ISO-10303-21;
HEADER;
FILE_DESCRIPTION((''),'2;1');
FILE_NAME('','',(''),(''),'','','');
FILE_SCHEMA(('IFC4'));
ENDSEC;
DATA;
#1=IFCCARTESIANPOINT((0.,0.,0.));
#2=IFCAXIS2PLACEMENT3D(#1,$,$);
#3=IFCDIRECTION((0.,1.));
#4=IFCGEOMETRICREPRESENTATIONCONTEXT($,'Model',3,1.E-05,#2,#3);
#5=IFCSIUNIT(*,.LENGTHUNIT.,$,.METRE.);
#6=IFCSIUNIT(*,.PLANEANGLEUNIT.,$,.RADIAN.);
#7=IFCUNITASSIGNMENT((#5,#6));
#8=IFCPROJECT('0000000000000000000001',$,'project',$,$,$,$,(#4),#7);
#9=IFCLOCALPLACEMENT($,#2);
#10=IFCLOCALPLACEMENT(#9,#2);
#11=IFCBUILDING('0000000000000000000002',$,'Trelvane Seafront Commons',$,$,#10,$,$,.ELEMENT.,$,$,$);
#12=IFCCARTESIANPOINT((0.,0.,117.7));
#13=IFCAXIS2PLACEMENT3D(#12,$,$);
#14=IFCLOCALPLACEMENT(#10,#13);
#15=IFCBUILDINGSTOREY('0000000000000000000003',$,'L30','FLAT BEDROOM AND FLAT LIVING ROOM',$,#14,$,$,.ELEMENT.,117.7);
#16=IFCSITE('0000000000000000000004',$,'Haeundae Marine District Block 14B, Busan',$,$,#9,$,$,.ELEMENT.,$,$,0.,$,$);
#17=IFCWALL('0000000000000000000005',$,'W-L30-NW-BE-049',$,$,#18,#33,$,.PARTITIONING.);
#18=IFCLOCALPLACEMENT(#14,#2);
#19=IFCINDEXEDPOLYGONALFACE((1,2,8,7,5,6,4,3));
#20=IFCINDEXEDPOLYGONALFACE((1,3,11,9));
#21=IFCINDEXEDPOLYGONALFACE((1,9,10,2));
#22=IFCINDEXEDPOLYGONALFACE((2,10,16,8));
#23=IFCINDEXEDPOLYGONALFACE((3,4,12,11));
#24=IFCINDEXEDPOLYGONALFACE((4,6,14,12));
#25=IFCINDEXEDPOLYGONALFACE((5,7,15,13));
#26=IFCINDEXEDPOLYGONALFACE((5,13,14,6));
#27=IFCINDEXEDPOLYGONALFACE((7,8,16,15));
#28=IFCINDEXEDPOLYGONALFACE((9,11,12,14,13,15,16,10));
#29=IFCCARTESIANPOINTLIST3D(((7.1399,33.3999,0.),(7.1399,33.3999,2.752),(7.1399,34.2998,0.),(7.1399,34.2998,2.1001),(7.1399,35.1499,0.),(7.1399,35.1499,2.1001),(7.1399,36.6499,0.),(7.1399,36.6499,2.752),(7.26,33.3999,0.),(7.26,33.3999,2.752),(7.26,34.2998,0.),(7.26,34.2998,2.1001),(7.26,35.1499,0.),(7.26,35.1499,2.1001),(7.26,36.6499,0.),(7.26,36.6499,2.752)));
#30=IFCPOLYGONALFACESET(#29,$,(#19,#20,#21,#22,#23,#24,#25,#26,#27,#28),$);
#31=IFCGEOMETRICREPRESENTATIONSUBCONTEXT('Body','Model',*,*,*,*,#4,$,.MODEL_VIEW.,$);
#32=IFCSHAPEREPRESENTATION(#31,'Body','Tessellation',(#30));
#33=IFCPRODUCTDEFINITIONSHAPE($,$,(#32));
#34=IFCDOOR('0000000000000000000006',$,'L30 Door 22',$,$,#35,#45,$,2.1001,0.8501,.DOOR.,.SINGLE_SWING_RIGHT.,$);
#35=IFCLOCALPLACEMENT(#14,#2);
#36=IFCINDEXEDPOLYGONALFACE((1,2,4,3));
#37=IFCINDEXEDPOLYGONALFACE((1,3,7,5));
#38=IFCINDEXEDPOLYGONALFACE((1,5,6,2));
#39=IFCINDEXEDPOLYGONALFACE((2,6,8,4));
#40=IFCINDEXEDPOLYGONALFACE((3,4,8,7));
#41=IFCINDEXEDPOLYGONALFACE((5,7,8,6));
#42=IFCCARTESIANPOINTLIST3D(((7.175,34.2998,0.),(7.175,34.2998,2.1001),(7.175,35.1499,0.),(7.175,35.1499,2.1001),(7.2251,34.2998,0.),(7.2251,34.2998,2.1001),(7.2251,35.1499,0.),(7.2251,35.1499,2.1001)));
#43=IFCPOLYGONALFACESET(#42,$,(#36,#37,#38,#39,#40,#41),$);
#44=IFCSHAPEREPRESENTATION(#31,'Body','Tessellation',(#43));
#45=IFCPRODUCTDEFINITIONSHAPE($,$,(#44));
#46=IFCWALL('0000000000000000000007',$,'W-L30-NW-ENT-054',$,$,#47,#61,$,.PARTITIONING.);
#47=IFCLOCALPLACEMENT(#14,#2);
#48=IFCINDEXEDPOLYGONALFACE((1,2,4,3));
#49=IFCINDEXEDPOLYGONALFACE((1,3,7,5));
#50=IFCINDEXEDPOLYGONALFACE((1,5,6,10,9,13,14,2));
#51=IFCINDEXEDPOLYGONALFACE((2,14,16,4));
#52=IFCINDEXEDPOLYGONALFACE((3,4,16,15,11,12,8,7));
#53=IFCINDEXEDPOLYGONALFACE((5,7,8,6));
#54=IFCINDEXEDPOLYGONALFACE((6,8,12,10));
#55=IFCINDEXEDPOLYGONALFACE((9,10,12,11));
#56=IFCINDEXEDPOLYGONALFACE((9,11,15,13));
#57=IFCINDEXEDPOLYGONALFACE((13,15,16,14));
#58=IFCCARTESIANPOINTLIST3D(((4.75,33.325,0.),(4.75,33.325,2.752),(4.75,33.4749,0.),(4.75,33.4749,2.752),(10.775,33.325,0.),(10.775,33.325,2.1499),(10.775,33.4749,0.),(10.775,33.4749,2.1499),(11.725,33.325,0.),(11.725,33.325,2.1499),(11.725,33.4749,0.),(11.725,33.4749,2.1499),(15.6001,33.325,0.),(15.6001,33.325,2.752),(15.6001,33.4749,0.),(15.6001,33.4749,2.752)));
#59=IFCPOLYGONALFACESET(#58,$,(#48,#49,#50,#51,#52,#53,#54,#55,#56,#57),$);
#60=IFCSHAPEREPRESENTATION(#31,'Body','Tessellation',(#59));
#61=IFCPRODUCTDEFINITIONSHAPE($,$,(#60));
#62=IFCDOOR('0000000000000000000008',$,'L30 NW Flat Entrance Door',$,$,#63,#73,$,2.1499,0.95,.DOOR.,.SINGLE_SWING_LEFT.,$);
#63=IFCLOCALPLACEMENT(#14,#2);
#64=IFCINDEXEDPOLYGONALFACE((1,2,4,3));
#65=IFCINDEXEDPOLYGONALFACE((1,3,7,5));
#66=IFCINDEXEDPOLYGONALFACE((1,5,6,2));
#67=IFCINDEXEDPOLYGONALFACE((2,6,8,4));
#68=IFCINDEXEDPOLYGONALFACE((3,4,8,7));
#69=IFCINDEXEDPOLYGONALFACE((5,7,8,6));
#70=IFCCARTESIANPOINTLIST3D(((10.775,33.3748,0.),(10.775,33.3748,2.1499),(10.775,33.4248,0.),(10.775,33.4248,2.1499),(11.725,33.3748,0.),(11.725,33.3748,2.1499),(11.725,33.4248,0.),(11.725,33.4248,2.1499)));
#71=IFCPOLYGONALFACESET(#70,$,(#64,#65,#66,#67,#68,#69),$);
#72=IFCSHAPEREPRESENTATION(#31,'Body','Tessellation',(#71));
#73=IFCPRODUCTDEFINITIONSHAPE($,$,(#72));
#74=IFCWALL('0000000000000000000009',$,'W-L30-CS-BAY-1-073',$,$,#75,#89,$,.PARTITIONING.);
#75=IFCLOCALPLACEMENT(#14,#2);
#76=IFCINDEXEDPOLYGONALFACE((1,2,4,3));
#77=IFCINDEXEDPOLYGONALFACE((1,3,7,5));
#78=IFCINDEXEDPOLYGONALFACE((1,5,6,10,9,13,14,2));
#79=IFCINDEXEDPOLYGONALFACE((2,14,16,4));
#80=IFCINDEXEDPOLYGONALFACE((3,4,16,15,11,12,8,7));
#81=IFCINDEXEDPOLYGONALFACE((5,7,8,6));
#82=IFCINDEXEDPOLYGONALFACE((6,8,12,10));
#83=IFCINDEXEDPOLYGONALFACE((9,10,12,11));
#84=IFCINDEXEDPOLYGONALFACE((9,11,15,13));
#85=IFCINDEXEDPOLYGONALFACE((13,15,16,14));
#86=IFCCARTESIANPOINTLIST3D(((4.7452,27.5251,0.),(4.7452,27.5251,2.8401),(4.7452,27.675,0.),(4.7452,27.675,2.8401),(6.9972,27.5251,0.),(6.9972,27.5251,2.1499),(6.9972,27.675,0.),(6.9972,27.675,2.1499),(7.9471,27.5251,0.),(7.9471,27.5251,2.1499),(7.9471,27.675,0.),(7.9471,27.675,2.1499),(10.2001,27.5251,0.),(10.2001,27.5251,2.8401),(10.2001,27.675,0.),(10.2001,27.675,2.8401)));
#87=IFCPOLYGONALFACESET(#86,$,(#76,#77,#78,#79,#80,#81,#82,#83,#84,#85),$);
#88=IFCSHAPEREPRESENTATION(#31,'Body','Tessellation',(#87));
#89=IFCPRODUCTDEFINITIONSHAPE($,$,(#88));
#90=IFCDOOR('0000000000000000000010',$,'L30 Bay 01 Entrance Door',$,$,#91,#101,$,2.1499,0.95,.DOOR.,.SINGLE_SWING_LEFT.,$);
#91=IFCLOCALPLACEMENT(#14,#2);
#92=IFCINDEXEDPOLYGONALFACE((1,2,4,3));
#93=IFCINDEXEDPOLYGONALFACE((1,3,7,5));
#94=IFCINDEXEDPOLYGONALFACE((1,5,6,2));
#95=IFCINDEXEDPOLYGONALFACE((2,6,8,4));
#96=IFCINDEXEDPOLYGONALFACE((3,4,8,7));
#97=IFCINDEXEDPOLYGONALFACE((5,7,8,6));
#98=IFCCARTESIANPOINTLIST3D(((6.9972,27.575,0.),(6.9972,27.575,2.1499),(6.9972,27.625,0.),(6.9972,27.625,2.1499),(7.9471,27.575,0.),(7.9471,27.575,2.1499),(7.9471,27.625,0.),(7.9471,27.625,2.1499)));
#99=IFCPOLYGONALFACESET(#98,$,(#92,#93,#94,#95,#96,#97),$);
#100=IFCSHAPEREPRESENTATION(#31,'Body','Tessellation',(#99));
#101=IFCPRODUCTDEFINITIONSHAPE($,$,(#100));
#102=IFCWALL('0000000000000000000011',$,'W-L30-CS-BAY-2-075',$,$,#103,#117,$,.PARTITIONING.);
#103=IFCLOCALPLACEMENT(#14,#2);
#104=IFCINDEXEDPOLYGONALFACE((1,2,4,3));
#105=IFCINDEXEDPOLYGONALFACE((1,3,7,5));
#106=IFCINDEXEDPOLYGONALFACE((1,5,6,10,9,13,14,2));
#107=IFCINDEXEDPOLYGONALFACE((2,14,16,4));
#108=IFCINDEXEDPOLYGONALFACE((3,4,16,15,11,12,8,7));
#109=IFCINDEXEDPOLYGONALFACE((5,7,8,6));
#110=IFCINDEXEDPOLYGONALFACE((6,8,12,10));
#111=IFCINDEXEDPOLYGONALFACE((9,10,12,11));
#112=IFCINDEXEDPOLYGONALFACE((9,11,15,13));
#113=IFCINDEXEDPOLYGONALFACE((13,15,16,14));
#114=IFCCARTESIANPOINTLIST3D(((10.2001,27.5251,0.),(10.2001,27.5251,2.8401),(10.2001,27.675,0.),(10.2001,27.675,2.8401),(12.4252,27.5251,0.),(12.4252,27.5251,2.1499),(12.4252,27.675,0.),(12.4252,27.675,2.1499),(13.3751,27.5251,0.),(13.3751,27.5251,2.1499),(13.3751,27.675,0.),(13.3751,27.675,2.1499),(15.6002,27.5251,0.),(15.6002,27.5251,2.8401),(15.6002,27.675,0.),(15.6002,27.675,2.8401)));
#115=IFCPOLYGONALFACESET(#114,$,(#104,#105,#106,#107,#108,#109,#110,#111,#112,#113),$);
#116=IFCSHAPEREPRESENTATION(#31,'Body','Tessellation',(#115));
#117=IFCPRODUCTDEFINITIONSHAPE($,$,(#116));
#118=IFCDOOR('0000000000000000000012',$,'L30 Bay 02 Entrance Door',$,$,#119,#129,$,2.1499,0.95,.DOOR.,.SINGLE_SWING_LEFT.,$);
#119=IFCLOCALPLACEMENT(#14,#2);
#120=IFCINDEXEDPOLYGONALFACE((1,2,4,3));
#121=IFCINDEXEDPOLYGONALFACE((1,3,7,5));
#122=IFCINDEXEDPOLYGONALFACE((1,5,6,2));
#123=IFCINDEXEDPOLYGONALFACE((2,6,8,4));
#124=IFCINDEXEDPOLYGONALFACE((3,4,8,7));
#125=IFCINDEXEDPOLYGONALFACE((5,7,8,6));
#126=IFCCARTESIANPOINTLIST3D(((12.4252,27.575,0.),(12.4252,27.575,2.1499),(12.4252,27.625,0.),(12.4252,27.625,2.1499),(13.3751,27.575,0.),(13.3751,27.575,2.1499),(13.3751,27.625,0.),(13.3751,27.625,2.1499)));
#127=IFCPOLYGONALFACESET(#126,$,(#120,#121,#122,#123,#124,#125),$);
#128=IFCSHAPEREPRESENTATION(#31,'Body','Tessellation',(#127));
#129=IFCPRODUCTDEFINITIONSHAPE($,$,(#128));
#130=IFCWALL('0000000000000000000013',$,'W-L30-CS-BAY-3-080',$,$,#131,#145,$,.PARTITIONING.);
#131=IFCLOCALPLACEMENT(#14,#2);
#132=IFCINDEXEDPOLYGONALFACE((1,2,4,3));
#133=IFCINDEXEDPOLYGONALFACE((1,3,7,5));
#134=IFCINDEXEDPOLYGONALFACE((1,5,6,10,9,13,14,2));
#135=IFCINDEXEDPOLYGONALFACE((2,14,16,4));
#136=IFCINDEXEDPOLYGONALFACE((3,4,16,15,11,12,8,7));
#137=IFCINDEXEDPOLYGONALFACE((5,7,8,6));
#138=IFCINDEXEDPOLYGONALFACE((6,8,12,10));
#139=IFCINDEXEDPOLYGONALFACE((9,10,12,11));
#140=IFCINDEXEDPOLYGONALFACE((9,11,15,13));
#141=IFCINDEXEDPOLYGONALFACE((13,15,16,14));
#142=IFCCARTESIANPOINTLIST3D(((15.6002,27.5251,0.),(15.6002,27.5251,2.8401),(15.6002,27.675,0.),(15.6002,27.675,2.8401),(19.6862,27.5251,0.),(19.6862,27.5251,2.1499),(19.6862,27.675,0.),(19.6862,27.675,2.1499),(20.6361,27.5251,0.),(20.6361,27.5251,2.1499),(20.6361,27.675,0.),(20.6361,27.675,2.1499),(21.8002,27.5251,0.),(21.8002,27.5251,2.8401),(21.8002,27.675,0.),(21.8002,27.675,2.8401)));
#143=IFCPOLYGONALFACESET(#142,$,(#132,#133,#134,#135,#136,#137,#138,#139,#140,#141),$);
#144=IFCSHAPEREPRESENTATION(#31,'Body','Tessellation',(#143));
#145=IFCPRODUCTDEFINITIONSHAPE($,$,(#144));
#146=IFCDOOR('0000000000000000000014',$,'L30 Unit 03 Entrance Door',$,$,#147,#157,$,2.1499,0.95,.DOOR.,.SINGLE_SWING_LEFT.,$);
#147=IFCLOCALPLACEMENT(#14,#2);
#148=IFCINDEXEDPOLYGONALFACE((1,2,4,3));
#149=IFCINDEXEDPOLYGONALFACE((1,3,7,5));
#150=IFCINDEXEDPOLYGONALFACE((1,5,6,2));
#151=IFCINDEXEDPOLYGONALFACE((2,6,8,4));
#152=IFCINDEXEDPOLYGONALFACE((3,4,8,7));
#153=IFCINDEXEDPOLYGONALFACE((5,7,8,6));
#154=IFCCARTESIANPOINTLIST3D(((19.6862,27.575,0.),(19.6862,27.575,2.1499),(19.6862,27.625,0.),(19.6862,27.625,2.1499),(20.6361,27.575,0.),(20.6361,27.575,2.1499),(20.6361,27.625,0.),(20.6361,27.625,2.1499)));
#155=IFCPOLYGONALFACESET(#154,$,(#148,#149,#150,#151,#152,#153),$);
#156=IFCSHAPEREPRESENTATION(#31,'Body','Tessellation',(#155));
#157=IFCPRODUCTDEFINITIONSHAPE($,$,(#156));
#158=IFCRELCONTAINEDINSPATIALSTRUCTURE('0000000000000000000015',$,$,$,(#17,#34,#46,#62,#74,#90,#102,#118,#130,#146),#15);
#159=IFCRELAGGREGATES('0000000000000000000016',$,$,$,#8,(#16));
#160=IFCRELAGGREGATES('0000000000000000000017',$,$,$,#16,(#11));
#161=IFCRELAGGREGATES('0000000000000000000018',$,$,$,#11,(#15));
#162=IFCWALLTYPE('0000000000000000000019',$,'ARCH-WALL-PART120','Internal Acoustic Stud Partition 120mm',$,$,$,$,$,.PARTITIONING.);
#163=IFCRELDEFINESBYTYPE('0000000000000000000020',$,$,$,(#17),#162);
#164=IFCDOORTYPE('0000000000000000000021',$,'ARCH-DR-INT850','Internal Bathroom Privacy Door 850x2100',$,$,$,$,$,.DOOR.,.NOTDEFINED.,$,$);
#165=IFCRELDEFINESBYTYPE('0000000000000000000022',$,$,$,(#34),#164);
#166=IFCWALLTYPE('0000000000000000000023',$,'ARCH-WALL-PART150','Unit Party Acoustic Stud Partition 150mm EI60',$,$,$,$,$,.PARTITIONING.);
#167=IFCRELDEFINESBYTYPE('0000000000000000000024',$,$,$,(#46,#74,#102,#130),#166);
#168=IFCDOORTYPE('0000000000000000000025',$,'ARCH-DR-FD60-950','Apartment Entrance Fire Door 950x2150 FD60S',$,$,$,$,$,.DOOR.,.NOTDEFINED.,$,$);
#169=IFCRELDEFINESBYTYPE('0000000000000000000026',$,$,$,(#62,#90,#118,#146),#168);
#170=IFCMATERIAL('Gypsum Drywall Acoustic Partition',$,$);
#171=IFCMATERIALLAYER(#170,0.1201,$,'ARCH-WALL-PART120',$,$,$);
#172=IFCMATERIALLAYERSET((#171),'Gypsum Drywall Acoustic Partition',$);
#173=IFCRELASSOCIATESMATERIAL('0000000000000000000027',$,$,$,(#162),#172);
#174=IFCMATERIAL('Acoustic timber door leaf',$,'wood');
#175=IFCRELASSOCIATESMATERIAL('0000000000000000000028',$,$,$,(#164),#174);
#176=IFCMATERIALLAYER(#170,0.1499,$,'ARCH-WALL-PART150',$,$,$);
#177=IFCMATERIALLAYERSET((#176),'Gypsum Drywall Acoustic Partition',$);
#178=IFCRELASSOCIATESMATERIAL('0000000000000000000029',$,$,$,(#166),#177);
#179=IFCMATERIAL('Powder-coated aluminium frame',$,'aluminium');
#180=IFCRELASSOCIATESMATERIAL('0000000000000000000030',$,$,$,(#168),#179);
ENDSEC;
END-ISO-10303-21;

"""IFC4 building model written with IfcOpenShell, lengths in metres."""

from ifc_helpers import new_model, si_unit, direction, frame, frame_2d, origin, place, context, subcontext, project, spatial, rectangle, extrude, source, transform, mapped, material, layer, layer_set, type_object, element, fill, save


model = new_model("IFC4")

# Units and contexts
model_context = context("Model", 3, precision=1e-05, world=origin(), true_north=direction((0.0, 1.0)))
body_context = subcontext(model_context, "Body", "Model", "MODEL_VIEW")
ifc_project = project(units=[si_unit("LENGTHUNIT", "METRE"), si_unit("PLANEANGLEUNIT", "RADIAN")], contexts=[model_context])

# Site, building, storey
site_placement = place(None, origin())
site = spatial("IfcSite", under=ifc_project, at=site_placement, Name="Haeundae Marine District Block 14B, Busan", CompositionType="ELEMENT", RefElevation=0.0)
building_placement = place(site_placement, origin())
building = spatial("IfcBuilding", under=site, at=building_placement, Name="Trelvane Seafront Commons", CompositionType="ELEMENT")
storey_placement = place(building_placement, frame((0.0, 0.0, 117.7)))
storey = spatial("IfcBuildingStorey", under=building, at=storey_placement, Name="L30", Description="FLAT BEDROOM AND FLAT LIVING ROOM", CompositionType="ELEMENT", Elevation=117.7)

# Walls, openings, doors
ifc_material_1 = material(Name="Gypsum Drywall Acoustic Partition")
ifc_layer_1 = layer(ifc_material_1, 0.1201, Name="ARCH-WALL-PART120")
ifc_layer_set_1 = layer_set([ifc_layer_1], Name="Gypsum Drywall Acoustic Partition")
wall_type_1 = type_object("IfcWallType", Name="ARCH-WALL-PART120", Description="Internal Acoustic Stud Partition 120mm", PredefinedType="PARTITIONING", material=ifc_layer_set_1)
ifc_material_2 = material(Name="Acoustic timber door leaf", Category="wood")
shared_shape_1 = source(origin(), body_context, "Body", "SweptSolid", [
    extrude(rectangle(XDim=0.95, YDim=2.1499, at=frame_2d((0.4751, 1.075))), frame((0.0, 0.0249, 0.0), z_axis=(0.0, -1.0, 0.0), x_axis=(1.0, 0.0, 0.0)), (0.0, 0.0, 1.0), 0.05),
])
wall_1_placement = place(storey_placement, frame((7.2, 33.3999, 0.0), z_axis=(0.0, 0.0, 1.0), x_axis=(0.0, 1.0, 0.0)))
wall_1 = element("IfcWall", 1, at=wall_1_placement, inside=storey, type_object=wall_type_1, Name="W-L30-NW-BE-049", PredefinedType="PARTITIONING", context=body_context, shape_type="SweptSolid", body=[
    extrude(rectangle(XDim=3.25, YDim=0.1201, at=frame_2d((1.625, 0.0))), origin(), (0.0, 0.0, 1.0), 2.752),
])
opening_1_placement = place(wall_1_placement, frame((0.8999, 0.0, 0.0)))
opening_1 = element("IfcOpeningElement", 2, at=opening_1_placement, cuts=wall_1, PredefinedType="OPENING", context=body_context, shape_type="SweptSolid", body=[
    extrude(rectangle(XDim=0.8501, YDim=2.1001, at=frame_2d((0.425, 1.05))), frame((0.0, 0.0701, 0.0), z_axis=(0.0, -1.0, 0.0), x_axis=(1.0, 0.0, 0.0)), (0.0, 0.0, 1.0), 0.1401),
])
door_type_1 = type_object("IfcDoorType", Name="ARCH-DR-INT850", Description="Internal Bathroom Privacy Door 850x2100", OperationType="NOTDEFINED", PredefinedType="DOOR", material=ifc_material_2)
shared_shape_2 = source(origin(), body_context, "Body", "SweptSolid", [
    extrude(rectangle(XDim=0.8501, YDim=2.1001, at=frame_2d((0.425, 1.05))), frame((0.0, 0.0249, 0.0), z_axis=(0.0, -1.0, 0.0), x_axis=(1.0, 0.0, 0.0)), (0.0, 0.0, 1.0), 0.05),
])
door_1_placement = place(opening_1_placement, origin())
door_1 = element("IfcDoor", 3, at=door_1_placement, inside=storey, type_object=door_type_1, Name="L30 Door 22", OperationType="SINGLE_SWING_RIGHT", OverallHeight=2.1001, OverallWidth=0.8501, PredefinedType="DOOR", context=body_context, shape_type="MappedRepresentation", body=[
    mapped(shared_shape_2, transform((0.0, 0.0, 0.0), x_axis=(1.0, 0.0, 0.0), y_axis=(0.0, 1.0, 0.0), z_axis=(0.0, 0.0, 1.0), scale=1.0)),
])
fill(opening_1, door_1)
ifc_layer_2 = layer(ifc_material_1, 0.1499, Name="ARCH-WALL-PART150")
ifc_layer_set_2 = layer_set([ifc_layer_2], Name="Gypsum Drywall Acoustic Partition")
wall_type_2 = type_object("IfcWallType", Name="ARCH-WALL-PART150", Description="Unit Party Acoustic Stud Partition 150mm EI60", PredefinedType="PARTITIONING", material=ifc_layer_set_2)
wall_2_placement = place(storey_placement, frame((4.75, 33.3999, 0.0), z_axis=(0.0, 0.0, 1.0), x_axis=(1.0, 0.0, 0.0)))
wall_2 = element("IfcWall", 4, at=wall_2_placement, inside=storey, type_object=wall_type_2, Name="W-L30-NW-ENT-054", PredefinedType="PARTITIONING", context=body_context, shape_type="SweptSolid", body=[
    extrude(rectangle(XDim=10.8501, YDim=0.1499, at=frame_2d((5.425, 0.0))), origin(), (0.0, 0.0, 1.0), 2.752),
])
opening_2_placement = place(wall_2_placement, frame((6.0249, 0.0, 0.0)))
opening_2 = element("IfcOpeningElement", 5, at=opening_2_placement, cuts=wall_2, PredefinedType="OPENING", context=body_context, shape_type="SweptSolid", body=[
    extrude(rectangle(XDim=0.95, YDim=2.1499, at=frame_2d((0.4751, 1.075))), frame((0.0, 0.085, 0.0), z_axis=(0.0, -1.0, 0.0), x_axis=(1.0, 0.0, 0.0)), (0.0, 0.0, 1.0), 0.1699),
])
ifc_material_3 = material(Name="Powder-coated aluminium frame", Category="aluminium")
door_type_2 = type_object("IfcDoorType", Name="ARCH-DR-FD60-950", Description="Apartment Entrance Fire Door 950x2150 FD60S", OperationType="NOTDEFINED", PredefinedType="DOOR", material=ifc_material_3)
door_2_placement = place(opening_2_placement, origin())
door_2 = element("IfcDoor", 6, at=door_2_placement, inside=storey, type_object=door_type_2, Name="L30 NW Flat Entrance Door", OperationType="SINGLE_SWING_LEFT", OverallHeight=2.1499, OverallWidth=0.95, PredefinedType="DOOR", context=body_context, shape_type="MappedRepresentation", body=[
    mapped(shared_shape_1, transform((0.0, 0.0, 0.0), x_axis=(1.0, 0.0, 0.0), y_axis=(0.0, 1.0, 0.0), z_axis=(0.0, 0.0, 1.0), scale=1.0)),
])
fill(opening_2, door_2)
wall_3_placement = place(storey_placement, frame((4.7451, 27.6001, 0.0), z_axis=(0.0, 0.0, 1.0), x_axis=(1.0, 0.0, 0.0)))
wall_3 = element("IfcWall", 7, at=wall_3_placement, inside=storey, type_object=wall_type_2, Name="W-L30-CS-BAY-1-073", PredefinedType="PARTITIONING", context=body_context, shape_type="SweptSolid", body=[
    extrude(rectangle(XDim=5.4548, YDim=0.1499, at=frame_2d((2.7275, 0.0))), origin(), (0.0, 0.0, 1.0), 2.8401),
])
opening_3_placement = place(wall_3_placement, frame((2.252, 0.0, 0.0)))
opening_3 = element("IfcOpeningElement", 8, at=opening_3_placement, cuts=wall_3, PredefinedType="OPENING", context=body_context, shape_type="SweptSolid", body=[
    extrude(rectangle(XDim=0.95, YDim=2.1499, at=frame_2d((0.4751, 1.075))), frame((0.0, 0.085, 0.0), z_axis=(0.0, -1.0, 0.0), x_axis=(1.0, 0.0, 0.0)), (0.0, 0.0, 1.0), 0.1699),
])
door_3_placement = place(opening_3_placement, origin())
door_3 = element("IfcDoor", 9, at=door_3_placement, inside=storey, type_object=door_type_2, Name="L30 Bay 01 Entrance Door", OperationType="SINGLE_SWING_LEFT", OverallHeight=2.1499, OverallWidth=0.95, PredefinedType="DOOR", context=body_context, shape_type="MappedRepresentation", body=[
    mapped(shared_shape_1, transform((0.0, 0.0, 0.0), x_axis=(1.0, 0.0, 0.0), y_axis=(0.0, 1.0, 0.0), z_axis=(0.0, 0.0, 1.0), scale=1.0)),
])
fill(opening_3, door_3)
wall_4_placement = place(storey_placement, frame((10.2, 27.6001, 0.0), z_axis=(0.0, 0.0, 1.0), x_axis=(1.0, 0.0, 0.0)))
wall_4 = element("IfcWall", 10, at=wall_4_placement, inside=storey, type_object=wall_type_2, Name="W-L30-CS-BAY-2-075", PredefinedType="PARTITIONING", context=body_context, shape_type="SweptSolid", body=[
    extrude(rectangle(XDim=5.4001, YDim=0.1499, at=frame_2d((2.7002, 0.0))), origin(), (0.0, 0.0, 1.0), 2.8401),
])
opening_4_placement = place(wall_4_placement, frame((2.2251, 0.0, 0.0)))
opening_4 = element("IfcOpeningElement", 11, at=opening_4_placement, cuts=wall_4, PredefinedType="OPENING", context=body_context, shape_type="SweptSolid", body=[
    extrude(rectangle(XDim=0.95, YDim=2.1499, at=frame_2d((0.4751, 1.075))), frame((0.0, 0.085, 0.0), z_axis=(0.0, -1.0, 0.0), x_axis=(1.0, 0.0, 0.0)), (0.0, 0.0, 1.0), 0.1699),
])
door_4_placement = place(opening_4_placement, origin())
door_4 = element("IfcDoor", 12, at=door_4_placement, inside=storey, type_object=door_type_2, Name="L30 Bay 02 Entrance Door", OperationType="SINGLE_SWING_LEFT", OverallHeight=2.1499, OverallWidth=0.95, PredefinedType="DOOR", context=body_context, shape_type="MappedRepresentation", body=[
    mapped(shared_shape_1, transform((0.0, 0.0, 0.0), x_axis=(1.0, 0.0, 0.0), y_axis=(0.0, 1.0, 0.0), z_axis=(0.0, 0.0, 1.0), scale=1.0)),
])
fill(opening_4, door_4)
wall_5_placement = place(storey_placement, frame((15.6001, 27.6001, 0.0), z_axis=(0.0, 0.0, 1.0), x_axis=(1.0, 0.0, 0.0)))
wall_5 = element("IfcWall", 13, at=wall_5_placement, inside=storey, type_object=wall_type_2, Name="W-L30-CS-BAY-3-080", PredefinedType="PARTITIONING", context=body_context, shape_type="SweptSolid", body=[
    extrude(rectangle(XDim=6.2, YDim=0.1499, at=frame_2d((3.1001, 0.0))), origin(), (0.0, 0.0, 1.0), 2.8401),
])
opening_5_placement = place(wall_5_placement, frame((4.0859, 0.0, 0.0)))
opening_5 = element("IfcOpeningElement", 14, at=opening_5_placement, cuts=wall_5, PredefinedType="OPENING", context=body_context, shape_type="SweptSolid", body=[
    extrude(rectangle(XDim=0.95, YDim=2.1499, at=frame_2d((0.4751, 1.075))), frame((0.0, 0.085, 0.0), z_axis=(0.0, -1.0, 0.0), x_axis=(1.0, 0.0, 0.0)), (0.0, 0.0, 1.0), 0.1699),
])
door_5_placement = place(opening_5_placement, origin())
door_5 = element("IfcDoor", 15, at=door_5_placement, inside=storey, type_object=door_type_2, Name="L30 Unit 03 Entrance Door", OperationType="SINGLE_SWING_LEFT", OverallHeight=2.1499, OverallWidth=0.95, PredefinedType="DOOR", context=body_context, shape_type="MappedRepresentation", body=[
    mapped(shared_shape_1, transform((0.0, 0.0, 0.0), x_axis=(1.0, 0.0, 0.0), y_axis=(0.0, 1.0, 0.0), z_axis=(0.0, 0.0, 1.0), scale=1.0)),
])
fill(opening_5, door_5)

save(model, "model.ifc")
